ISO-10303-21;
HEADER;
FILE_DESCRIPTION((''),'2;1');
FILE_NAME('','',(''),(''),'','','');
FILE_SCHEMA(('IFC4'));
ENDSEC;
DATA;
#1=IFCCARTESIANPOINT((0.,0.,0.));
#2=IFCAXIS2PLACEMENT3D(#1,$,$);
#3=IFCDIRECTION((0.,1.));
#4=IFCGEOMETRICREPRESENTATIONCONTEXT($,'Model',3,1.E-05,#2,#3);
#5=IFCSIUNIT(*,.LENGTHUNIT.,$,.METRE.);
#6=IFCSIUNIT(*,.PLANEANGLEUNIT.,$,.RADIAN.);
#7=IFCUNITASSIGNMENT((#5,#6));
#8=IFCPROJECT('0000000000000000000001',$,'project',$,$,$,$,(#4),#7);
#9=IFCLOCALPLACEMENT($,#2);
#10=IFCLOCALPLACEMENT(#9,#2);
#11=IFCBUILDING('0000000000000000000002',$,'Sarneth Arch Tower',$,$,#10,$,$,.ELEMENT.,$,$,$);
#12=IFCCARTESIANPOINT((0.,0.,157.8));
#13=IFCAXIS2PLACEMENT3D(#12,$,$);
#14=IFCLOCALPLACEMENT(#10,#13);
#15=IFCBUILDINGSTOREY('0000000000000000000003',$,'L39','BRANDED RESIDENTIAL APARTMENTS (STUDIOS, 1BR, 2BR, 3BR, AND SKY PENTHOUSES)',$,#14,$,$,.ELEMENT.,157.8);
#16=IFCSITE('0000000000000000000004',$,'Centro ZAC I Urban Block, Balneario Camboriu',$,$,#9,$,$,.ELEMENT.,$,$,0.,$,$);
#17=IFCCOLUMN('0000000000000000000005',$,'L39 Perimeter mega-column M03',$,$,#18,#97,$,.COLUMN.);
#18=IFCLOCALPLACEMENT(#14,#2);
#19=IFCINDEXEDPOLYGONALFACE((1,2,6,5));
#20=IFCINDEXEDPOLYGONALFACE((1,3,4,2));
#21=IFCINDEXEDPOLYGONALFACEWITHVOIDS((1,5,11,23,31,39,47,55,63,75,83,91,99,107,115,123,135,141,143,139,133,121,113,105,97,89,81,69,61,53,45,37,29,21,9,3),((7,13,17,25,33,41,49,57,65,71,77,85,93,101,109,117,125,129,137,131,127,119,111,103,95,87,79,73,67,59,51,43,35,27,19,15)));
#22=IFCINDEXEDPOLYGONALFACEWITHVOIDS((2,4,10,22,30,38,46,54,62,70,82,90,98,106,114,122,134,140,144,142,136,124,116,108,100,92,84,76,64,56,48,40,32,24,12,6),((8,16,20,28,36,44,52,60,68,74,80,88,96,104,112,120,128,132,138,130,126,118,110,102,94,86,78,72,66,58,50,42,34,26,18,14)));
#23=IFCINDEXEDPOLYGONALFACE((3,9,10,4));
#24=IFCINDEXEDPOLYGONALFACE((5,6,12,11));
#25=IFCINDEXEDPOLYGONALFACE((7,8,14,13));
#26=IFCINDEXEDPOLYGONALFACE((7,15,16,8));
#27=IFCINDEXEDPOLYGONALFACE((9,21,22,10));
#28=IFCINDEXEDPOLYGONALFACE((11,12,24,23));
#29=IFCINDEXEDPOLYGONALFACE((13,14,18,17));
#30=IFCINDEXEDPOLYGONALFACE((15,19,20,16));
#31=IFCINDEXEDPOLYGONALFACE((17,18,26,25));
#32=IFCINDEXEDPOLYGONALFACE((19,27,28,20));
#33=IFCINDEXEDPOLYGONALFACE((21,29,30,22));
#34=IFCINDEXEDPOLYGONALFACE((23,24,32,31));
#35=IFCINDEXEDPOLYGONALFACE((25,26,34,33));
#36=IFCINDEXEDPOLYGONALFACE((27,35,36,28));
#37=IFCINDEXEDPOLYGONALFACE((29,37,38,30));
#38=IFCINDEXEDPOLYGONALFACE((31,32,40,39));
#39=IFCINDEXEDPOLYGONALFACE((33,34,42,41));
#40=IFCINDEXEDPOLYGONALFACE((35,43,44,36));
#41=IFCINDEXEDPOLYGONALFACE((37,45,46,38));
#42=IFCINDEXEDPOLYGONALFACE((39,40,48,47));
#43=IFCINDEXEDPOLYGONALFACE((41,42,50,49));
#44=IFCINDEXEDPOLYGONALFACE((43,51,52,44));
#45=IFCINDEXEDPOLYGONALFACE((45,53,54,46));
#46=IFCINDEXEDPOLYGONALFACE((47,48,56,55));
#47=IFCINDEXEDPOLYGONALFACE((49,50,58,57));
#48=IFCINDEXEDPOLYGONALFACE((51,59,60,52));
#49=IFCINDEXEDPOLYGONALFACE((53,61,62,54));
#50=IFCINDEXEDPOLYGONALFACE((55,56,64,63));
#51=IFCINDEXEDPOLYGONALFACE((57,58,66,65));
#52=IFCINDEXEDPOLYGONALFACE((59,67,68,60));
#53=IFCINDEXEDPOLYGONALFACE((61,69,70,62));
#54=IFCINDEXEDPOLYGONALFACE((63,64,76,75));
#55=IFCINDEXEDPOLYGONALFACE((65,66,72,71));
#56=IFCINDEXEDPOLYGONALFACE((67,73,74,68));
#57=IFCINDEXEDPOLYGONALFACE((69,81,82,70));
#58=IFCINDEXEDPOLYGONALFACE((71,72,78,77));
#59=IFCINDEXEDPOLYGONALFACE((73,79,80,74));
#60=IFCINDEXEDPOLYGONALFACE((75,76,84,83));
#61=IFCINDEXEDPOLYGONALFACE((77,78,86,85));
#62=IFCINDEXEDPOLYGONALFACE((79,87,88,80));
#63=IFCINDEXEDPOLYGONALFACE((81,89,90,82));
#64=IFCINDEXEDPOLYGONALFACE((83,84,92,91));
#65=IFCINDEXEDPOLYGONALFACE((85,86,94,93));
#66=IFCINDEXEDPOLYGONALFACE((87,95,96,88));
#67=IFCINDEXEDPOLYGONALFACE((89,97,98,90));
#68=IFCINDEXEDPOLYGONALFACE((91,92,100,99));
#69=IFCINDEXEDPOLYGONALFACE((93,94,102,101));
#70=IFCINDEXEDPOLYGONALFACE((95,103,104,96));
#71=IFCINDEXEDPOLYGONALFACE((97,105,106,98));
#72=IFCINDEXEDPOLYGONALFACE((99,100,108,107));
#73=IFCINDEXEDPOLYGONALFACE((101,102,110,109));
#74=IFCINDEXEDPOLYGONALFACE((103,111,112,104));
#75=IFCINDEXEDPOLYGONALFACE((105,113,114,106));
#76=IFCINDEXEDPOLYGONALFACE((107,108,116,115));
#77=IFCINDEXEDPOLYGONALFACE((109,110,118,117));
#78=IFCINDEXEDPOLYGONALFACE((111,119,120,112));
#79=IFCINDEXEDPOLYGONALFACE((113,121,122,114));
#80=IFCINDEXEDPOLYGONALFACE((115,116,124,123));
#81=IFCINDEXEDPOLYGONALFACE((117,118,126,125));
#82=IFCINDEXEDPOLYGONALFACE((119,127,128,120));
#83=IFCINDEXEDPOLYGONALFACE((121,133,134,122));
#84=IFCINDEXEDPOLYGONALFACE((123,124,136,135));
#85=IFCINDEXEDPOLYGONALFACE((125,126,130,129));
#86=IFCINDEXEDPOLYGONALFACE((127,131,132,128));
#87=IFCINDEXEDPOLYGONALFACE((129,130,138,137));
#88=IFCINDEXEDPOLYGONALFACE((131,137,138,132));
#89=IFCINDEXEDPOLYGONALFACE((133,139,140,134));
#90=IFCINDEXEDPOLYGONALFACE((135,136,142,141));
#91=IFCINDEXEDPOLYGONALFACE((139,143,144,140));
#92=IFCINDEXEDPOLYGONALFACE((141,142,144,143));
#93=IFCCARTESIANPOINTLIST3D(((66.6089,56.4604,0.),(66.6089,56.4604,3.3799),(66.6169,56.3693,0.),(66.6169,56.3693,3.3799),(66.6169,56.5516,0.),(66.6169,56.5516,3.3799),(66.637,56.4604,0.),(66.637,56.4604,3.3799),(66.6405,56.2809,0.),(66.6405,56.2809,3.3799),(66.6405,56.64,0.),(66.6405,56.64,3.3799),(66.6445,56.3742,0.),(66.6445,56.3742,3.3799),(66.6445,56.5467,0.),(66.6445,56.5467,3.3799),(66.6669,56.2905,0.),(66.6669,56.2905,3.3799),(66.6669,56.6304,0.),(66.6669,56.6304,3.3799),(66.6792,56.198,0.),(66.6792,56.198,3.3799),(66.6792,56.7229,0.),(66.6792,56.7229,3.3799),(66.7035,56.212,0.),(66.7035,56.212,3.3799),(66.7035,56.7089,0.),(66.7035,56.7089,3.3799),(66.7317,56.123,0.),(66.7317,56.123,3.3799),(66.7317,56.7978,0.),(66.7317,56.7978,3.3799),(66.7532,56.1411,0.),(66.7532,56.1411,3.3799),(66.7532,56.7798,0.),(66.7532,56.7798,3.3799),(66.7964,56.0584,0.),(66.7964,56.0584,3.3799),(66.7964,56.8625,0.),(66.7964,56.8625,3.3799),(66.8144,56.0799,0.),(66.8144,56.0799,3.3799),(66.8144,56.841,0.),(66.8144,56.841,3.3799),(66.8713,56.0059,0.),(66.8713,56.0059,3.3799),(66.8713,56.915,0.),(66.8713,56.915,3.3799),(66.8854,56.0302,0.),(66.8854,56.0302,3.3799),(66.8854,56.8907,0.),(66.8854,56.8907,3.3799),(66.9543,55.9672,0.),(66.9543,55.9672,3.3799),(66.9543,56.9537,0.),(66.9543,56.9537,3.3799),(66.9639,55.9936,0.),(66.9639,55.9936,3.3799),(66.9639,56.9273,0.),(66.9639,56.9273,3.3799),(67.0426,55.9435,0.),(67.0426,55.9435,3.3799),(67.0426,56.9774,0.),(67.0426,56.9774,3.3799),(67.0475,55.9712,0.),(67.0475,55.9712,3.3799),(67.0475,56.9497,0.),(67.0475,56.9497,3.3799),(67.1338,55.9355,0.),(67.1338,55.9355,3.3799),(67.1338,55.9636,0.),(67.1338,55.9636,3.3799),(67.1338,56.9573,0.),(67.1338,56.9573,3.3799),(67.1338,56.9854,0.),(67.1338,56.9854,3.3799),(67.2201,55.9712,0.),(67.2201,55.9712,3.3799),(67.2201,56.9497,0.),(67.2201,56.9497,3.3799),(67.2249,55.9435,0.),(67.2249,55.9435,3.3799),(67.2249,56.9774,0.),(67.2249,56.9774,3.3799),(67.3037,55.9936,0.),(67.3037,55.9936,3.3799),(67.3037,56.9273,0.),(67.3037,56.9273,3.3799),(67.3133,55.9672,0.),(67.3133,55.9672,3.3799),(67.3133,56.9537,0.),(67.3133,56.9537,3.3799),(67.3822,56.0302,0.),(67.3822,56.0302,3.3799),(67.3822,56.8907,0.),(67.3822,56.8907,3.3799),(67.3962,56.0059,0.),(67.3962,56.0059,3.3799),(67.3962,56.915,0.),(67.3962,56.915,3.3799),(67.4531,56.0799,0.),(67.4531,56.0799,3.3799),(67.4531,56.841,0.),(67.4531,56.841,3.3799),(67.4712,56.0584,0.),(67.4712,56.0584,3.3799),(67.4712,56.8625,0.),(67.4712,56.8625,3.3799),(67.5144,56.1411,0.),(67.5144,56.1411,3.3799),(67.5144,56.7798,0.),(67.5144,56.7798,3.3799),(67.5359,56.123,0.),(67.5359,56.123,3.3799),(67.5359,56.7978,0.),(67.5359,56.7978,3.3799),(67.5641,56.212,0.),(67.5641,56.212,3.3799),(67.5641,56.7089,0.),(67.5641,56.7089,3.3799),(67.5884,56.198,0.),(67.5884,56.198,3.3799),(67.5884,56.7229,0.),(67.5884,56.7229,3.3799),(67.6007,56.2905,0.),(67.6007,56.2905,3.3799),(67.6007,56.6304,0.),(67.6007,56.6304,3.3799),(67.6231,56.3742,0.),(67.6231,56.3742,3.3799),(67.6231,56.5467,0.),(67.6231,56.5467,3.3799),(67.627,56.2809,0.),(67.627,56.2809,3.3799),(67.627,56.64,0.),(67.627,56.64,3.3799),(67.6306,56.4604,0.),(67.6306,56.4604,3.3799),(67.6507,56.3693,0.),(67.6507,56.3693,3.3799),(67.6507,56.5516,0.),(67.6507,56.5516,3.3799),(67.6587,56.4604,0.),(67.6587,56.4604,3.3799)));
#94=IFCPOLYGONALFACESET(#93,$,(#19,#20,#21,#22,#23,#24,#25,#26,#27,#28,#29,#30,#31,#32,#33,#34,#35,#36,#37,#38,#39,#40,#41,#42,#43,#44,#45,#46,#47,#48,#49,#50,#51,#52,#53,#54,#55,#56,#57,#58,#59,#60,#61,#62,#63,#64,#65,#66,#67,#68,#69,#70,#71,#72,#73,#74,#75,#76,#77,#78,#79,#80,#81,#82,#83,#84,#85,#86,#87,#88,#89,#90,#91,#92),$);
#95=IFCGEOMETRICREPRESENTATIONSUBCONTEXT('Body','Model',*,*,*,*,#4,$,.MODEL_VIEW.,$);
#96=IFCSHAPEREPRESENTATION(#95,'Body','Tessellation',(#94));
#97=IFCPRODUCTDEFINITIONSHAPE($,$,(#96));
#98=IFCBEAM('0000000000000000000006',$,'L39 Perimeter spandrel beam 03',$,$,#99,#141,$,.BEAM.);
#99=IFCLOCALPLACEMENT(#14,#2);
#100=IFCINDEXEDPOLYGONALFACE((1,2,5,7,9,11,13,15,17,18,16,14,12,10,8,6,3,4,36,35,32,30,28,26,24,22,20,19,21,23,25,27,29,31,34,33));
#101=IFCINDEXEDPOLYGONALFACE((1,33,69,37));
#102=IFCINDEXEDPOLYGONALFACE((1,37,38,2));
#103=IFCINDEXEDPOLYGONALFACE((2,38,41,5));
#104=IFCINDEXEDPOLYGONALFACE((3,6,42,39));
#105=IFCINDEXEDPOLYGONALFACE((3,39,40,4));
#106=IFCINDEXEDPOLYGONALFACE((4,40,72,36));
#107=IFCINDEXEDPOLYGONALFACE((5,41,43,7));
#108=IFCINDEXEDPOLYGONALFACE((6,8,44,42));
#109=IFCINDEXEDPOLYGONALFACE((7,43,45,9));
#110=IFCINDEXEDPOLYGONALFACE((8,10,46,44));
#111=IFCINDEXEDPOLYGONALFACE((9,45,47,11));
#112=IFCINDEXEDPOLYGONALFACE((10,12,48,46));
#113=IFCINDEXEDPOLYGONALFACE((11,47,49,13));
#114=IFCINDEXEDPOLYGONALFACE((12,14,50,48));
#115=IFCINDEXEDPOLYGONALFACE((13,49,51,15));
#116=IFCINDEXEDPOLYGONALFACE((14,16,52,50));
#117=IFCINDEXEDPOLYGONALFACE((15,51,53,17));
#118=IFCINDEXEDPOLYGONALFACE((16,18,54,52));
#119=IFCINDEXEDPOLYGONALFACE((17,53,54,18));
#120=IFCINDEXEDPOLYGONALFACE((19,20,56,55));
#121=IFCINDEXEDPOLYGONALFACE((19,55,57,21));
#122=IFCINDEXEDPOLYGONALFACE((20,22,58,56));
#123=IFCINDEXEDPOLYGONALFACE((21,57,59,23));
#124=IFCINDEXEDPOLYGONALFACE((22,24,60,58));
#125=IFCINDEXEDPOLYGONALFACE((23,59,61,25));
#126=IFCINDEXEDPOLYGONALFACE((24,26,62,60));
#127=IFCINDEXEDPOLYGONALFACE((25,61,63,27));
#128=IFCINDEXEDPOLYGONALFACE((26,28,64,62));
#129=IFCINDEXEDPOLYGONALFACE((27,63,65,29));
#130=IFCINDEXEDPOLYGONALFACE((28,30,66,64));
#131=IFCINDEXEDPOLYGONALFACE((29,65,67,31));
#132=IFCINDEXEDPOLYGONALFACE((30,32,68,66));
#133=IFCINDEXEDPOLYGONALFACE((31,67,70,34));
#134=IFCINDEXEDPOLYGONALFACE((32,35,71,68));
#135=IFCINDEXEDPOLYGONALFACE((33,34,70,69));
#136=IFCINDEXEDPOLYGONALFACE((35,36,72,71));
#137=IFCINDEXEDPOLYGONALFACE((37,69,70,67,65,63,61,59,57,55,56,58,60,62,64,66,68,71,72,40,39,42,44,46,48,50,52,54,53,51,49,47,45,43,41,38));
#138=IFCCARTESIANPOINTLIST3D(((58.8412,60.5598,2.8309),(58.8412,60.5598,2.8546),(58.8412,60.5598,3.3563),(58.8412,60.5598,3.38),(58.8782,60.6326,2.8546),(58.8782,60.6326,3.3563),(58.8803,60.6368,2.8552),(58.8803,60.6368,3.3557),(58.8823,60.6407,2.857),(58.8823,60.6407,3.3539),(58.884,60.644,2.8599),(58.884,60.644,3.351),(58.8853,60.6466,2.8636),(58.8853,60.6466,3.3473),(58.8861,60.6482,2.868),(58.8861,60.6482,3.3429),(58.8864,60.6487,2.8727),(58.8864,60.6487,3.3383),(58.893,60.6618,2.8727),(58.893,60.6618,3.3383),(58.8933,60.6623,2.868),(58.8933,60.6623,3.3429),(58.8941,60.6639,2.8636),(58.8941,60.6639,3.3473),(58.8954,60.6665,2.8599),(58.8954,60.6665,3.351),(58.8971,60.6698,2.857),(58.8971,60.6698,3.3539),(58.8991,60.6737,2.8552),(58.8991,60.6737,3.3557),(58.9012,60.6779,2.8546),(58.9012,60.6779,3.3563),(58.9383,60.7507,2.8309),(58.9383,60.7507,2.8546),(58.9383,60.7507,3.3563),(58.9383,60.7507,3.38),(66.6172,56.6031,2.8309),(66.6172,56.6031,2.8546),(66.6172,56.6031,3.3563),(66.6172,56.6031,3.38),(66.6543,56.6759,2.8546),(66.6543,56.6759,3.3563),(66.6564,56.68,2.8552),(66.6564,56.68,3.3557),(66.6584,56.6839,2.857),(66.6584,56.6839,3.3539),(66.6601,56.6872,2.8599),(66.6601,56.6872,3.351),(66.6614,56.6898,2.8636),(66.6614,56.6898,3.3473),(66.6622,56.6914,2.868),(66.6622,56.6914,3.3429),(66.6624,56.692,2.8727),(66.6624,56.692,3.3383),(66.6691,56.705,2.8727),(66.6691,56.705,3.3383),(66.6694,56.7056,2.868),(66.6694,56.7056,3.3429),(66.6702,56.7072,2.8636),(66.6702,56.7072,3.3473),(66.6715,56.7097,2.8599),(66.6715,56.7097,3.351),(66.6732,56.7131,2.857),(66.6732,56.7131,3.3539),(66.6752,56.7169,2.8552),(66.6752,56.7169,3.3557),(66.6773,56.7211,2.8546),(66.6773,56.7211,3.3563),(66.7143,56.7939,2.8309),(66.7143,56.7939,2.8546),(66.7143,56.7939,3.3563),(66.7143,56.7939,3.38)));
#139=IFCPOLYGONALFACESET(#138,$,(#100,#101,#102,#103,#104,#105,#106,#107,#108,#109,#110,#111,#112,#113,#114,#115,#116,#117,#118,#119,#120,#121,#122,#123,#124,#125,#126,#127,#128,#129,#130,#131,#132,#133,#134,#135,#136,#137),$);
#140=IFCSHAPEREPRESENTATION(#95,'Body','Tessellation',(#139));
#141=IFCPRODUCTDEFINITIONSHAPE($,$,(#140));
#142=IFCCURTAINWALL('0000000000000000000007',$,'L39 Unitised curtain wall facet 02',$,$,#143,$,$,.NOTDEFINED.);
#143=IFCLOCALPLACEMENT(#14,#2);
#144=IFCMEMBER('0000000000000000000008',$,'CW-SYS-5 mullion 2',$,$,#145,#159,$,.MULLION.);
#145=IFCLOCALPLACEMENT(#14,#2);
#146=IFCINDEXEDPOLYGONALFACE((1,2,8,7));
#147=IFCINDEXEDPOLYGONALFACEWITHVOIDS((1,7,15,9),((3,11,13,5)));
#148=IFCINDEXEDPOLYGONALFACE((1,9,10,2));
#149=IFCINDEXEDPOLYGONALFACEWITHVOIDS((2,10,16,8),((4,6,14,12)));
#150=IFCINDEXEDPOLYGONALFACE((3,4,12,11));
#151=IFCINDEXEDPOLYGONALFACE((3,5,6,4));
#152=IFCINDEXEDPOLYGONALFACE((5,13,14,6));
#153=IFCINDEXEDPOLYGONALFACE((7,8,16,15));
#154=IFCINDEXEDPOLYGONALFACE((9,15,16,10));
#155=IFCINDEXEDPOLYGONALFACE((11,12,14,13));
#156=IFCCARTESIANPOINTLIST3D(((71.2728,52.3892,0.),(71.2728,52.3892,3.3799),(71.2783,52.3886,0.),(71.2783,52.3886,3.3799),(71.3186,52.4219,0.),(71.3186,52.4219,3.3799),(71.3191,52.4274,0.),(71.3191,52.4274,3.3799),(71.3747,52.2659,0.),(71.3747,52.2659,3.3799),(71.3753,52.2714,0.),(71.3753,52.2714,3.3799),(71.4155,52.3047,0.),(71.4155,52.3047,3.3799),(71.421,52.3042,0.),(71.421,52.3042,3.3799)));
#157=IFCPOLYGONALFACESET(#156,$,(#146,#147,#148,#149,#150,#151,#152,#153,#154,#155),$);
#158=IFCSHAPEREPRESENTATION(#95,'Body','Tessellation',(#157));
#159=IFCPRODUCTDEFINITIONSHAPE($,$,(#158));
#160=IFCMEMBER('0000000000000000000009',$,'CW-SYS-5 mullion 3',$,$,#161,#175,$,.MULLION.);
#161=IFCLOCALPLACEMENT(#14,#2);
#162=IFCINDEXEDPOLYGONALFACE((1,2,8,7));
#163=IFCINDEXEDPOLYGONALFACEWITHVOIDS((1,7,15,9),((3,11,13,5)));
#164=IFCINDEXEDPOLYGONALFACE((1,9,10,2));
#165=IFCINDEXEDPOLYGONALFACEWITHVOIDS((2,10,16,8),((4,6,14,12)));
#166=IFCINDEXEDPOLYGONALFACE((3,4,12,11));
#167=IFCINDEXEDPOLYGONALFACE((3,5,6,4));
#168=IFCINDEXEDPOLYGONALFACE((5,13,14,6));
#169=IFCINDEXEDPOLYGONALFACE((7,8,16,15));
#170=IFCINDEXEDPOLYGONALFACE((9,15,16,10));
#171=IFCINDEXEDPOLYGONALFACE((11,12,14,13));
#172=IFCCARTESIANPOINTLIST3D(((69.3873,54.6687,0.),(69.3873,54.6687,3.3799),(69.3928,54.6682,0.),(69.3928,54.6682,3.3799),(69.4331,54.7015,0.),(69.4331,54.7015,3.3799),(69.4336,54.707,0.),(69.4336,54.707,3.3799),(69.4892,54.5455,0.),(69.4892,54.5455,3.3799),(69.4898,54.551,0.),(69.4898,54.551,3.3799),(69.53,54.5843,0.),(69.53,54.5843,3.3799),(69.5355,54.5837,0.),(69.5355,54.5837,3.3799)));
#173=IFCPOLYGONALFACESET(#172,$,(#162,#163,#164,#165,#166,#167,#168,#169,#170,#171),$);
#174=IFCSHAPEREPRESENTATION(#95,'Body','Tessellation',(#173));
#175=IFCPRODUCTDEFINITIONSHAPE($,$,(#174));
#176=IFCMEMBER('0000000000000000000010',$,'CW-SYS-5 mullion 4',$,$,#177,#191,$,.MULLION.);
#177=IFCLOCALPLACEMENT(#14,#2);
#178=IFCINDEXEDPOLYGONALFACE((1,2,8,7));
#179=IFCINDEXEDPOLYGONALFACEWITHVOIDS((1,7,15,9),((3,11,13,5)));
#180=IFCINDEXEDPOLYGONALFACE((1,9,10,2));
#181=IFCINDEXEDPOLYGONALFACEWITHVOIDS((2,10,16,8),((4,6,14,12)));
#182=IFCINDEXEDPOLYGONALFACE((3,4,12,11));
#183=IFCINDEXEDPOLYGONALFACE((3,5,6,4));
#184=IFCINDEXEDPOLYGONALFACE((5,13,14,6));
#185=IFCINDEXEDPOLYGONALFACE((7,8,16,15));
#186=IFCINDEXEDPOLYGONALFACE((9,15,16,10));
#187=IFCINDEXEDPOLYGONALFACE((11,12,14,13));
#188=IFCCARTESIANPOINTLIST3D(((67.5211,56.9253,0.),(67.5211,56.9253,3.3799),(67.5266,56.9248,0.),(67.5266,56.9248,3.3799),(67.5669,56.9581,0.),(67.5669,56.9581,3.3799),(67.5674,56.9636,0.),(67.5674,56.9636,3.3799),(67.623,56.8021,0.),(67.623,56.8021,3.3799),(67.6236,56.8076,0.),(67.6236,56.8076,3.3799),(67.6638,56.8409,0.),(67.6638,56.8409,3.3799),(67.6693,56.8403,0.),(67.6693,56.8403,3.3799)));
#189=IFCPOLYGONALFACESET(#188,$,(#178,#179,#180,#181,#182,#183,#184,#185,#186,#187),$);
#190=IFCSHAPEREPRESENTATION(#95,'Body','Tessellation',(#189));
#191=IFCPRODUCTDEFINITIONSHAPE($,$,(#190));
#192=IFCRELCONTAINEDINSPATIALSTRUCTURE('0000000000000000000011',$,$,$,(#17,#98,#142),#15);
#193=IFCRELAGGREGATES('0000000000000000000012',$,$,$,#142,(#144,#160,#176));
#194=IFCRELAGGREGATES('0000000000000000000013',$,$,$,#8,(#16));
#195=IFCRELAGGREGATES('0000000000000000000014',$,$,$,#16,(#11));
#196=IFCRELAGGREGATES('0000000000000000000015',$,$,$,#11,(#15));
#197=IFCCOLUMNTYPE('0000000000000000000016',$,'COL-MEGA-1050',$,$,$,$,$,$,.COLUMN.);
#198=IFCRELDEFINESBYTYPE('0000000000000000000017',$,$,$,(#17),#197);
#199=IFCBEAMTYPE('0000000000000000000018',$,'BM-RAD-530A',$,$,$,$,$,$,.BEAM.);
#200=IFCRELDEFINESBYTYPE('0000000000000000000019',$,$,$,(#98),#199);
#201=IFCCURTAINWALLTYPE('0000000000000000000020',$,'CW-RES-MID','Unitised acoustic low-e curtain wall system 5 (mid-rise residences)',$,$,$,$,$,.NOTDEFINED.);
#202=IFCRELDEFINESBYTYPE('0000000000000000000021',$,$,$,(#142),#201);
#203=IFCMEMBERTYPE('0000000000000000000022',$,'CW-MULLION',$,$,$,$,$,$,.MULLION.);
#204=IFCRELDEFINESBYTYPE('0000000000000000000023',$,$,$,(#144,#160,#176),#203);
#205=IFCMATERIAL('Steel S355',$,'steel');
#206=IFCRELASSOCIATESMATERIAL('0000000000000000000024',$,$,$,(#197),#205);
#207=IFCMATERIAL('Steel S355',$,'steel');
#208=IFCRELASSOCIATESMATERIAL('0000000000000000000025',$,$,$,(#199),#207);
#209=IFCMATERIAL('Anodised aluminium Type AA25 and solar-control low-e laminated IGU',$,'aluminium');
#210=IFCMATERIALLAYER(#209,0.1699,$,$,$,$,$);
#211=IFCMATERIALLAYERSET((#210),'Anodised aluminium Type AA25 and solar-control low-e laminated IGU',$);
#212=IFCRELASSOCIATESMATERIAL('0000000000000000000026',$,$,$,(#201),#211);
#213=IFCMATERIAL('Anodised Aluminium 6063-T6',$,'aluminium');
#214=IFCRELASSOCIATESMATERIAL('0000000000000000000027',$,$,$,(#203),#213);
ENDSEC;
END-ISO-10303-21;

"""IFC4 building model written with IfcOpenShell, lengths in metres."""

from ifc_helpers import new_model, si_unit, direction, frame, origin, origin_2d, place, context, subcontext, project, spatial, hollow_rectangle, hollow_circle, i_section, extrude, material, layer, layer_set, material_profile, profile_set, type_object, element, aggregate, save


model = new_model("IFC4")

# Units and contexts
model_context = context("Model", 3, precision=1e-05, world=origin(), true_north=direction((0.0, 1.0)))
body_context = subcontext(model_context, "Body", "Model", "MODEL_VIEW")
ifc_project = project(units=[si_unit("LENGTHUNIT", "METRE"), si_unit("PLANEANGLEUNIT", "RADIAN")], contexts=[model_context])

# Site, building, storey
site_placement = place(None, origin())
site = spatial("IfcSite", under=ifc_project, at=site_placement, Name="Centro ZAC I Urban Block, Balneario Camboriu", CompositionType="ELEMENT", RefElevation=0.0)
building_placement = place(site_placement, origin())
building = spatial("IfcBuilding", under=site, at=building_placement, Name="Sarneth Arch Tower", CompositionType="ELEMENT")
storey_placement = place(building_placement, frame((0.0, 0.0, 157.8)))
storey = spatial("IfcBuildingStorey", under=building, at=storey_placement, Name="L39", Description="BRANDED RESIDENTIAL APARTMENTS (STUDIOS, 1BR, 2BR, 3BR, AND SKY PENTHOUSES)", CompositionType="ELEMENT", Elevation=157.8)

# Column
ifc_material_1 = material(Name="Steel S355", Category="steel")
ifc_material_profile_1 = material_profile(ifc_material_1, hollow_circle(Radius=0.5249, WallThickness=0.0281, at=origin_2d()), Name="CHS1050x28")
ifc_profile_set_1 = profile_set([ifc_material_profile_1], Name="Steel S355")
column_type = type_object("IfcColumnType", Name="COL-MEGA-1050", PredefinedType="COLUMN", material=ifc_profile_set_1)
column_placement = place(storey_placement, frame((67.1338, 56.4604, 0.0), z_axis=(0.0, 0.0, 1.0), x_axis=(1.0, 0.0, 0.0)))
element("IfcColumn", 1, at=column_placement, inside=storey, type_object=column_type, Name="L39 Perimeter mega-column M03", PredefinedType="COLUMN", context=body_context, shape_type="SweptSolid", body=[
    extrude(hollow_circle(Radius=0.5249, WallThickness=0.0281, at=origin_2d()), origin(), (0.0, 0.0, 1.0), 3.3799),
])

# Beam
ifc_material_2 = material(Name="Steel S355", Category="steel")
ifc_material_profile_2 = material_profile(ifc_material_2, i_section(OverallWidth=0.2141, OverallDepth=0.5491, WebThickness=0.0146, FlangeThickness=0.0237, FilletRadius=0.0181, at=origin_2d()), Name="W530x138")
ifc_profile_set_2 = profile_set([ifc_material_profile_2], Name="Steel S355")
beam_type = type_object("IfcBeamType", Name="BM-RAD-530A", PredefinedType="BEAM", material=ifc_profile_set_2)
beam_placement = place(storey_placement, frame((66.6658, 56.6985, 3.1055), z_axis=(-0.891254, 0.453504, 0.0), x_axis=(-0.453504, -0.891254, 0.0)))
element("IfcBeam", 2, at=beam_placement, inside=storey, type_object=beam_type, Name="L39 Perimeter spandrel beam 03", PredefinedType="BEAM", context=body_context, shape_type="SweptSolid", body=[
    extrude(i_section(OverallWidth=0.2141, OverallDepth=0.5491, WebThickness=0.0146, FlangeThickness=0.0237, FilletRadius=0.0181, at=origin_2d()), origin(), (0.0, 0.0, 1.0), 8.7249),
])

# Curtain wall, members
ifc_material_3 = material(Name="Anodised aluminium Type AA25 and solar-control low-e laminated IGU", Category="aluminium")
ifc_layer_1 = layer(ifc_material_3, 0.1699)
ifc_layer_set_1 = layer_set([ifc_layer_1], Name="Anodised aluminium Type AA25 and solar-control low-e laminated IGU")
curtain_wall_type = type_object("IfcCurtainWallType", Name="CW-RES-MID", Description="Unitised acoustic low-e curtain wall system 5 (mid-rise residences)", PredefinedType="NOTDEFINED", material=ifc_layer_set_1)
curtain_wall_placement = place(storey_placement, origin())
curtain_wall = element("IfcCurtainWall", 3, at=curtain_wall_placement, inside=storey, type_object=curtain_wall_type, Name="L39 Unitised curtain wall facet 02", PredefinedType="NOTDEFINED")
ifc_material_4 = material(Name="Anodised Aluminium 6063-T6", Category="aluminium")
ifc_material_profile_3 = material_profile(ifc_material_4, hollow_rectangle(XDim=0.0601, YDim=0.1599, WallThickness=0.0039, at=origin_2d()), Name="AL-MULL-160x60x4")
ifc_profile_set_3 = profile_set([ifc_material_profile_3], Name="Anodised Aluminium 6063-T6")
member_type_1 = type_object("IfcMemberType", Name="CW-MULLION", PredefinedType="MULLION", material=ifc_profile_set_3)
member_1_placement = place(storey_placement, frame((71.3469, 52.3467, 0.0), z_axis=(0.0, 0.0, 1.0), x_axis=(-0.770591, -0.63733, 0.0)))
member_1 = element("IfcMember", 4, at=member_1_placement, type_object=member_type_1, Name="CW-SYS-5 mullion 2", PredefinedType="MULLION", context=body_context, shape_type="SweptSolid", body=[
    extrude(hollow_rectangle(XDim=0.0601, YDim=0.1599, WallThickness=0.0039, at=origin_2d()), origin(), (0.0, 0.0, 1.0), 3.3799),
])
member_2_placement = place(storey_placement, frame((69.4614, 54.6262, 0.0), z_axis=(0.0, 0.0, 1.0), x_axis=(-0.770591, -0.63733, 0.0)))
member_2 = element("IfcMember", 5, at=member_2_placement, type_object=member_type_1, Name="CW-SYS-5 mullion 3", PredefinedType="MULLION", context=body_context, shape_type="SweptSolid", body=[
    extrude(hollow_rectangle(XDim=0.0601, YDim=0.1599, WallThickness=0.0039, at=origin_2d()), origin(), (0.0, 0.0, 1.0), 3.3799),
])
member_3_placement = place(storey_placement, frame((67.5952, 56.8828, 0.0), z_axis=(0.0, 0.0, 1.0), x_axis=(-0.770591, -0.63733, 0.0)))
member_3 = element("IfcMember", 6, at=member_3_placement, type_object=member_type_1, Name="CW-SYS-5 mullion 4", PredefinedType="MULLION", context=body_context, shape_type="SweptSolid", body=[
    extrude(hollow_rectangle(XDim=0.0601, YDim=0.1599, WallThickness=0.0039, at=origin_2d()), origin(), (0.0, 0.0, 1.0), 3.3799),
])

aggregate(curtain_wall, [member_1, member_2, member_3])

save(model, "model.ifc")
